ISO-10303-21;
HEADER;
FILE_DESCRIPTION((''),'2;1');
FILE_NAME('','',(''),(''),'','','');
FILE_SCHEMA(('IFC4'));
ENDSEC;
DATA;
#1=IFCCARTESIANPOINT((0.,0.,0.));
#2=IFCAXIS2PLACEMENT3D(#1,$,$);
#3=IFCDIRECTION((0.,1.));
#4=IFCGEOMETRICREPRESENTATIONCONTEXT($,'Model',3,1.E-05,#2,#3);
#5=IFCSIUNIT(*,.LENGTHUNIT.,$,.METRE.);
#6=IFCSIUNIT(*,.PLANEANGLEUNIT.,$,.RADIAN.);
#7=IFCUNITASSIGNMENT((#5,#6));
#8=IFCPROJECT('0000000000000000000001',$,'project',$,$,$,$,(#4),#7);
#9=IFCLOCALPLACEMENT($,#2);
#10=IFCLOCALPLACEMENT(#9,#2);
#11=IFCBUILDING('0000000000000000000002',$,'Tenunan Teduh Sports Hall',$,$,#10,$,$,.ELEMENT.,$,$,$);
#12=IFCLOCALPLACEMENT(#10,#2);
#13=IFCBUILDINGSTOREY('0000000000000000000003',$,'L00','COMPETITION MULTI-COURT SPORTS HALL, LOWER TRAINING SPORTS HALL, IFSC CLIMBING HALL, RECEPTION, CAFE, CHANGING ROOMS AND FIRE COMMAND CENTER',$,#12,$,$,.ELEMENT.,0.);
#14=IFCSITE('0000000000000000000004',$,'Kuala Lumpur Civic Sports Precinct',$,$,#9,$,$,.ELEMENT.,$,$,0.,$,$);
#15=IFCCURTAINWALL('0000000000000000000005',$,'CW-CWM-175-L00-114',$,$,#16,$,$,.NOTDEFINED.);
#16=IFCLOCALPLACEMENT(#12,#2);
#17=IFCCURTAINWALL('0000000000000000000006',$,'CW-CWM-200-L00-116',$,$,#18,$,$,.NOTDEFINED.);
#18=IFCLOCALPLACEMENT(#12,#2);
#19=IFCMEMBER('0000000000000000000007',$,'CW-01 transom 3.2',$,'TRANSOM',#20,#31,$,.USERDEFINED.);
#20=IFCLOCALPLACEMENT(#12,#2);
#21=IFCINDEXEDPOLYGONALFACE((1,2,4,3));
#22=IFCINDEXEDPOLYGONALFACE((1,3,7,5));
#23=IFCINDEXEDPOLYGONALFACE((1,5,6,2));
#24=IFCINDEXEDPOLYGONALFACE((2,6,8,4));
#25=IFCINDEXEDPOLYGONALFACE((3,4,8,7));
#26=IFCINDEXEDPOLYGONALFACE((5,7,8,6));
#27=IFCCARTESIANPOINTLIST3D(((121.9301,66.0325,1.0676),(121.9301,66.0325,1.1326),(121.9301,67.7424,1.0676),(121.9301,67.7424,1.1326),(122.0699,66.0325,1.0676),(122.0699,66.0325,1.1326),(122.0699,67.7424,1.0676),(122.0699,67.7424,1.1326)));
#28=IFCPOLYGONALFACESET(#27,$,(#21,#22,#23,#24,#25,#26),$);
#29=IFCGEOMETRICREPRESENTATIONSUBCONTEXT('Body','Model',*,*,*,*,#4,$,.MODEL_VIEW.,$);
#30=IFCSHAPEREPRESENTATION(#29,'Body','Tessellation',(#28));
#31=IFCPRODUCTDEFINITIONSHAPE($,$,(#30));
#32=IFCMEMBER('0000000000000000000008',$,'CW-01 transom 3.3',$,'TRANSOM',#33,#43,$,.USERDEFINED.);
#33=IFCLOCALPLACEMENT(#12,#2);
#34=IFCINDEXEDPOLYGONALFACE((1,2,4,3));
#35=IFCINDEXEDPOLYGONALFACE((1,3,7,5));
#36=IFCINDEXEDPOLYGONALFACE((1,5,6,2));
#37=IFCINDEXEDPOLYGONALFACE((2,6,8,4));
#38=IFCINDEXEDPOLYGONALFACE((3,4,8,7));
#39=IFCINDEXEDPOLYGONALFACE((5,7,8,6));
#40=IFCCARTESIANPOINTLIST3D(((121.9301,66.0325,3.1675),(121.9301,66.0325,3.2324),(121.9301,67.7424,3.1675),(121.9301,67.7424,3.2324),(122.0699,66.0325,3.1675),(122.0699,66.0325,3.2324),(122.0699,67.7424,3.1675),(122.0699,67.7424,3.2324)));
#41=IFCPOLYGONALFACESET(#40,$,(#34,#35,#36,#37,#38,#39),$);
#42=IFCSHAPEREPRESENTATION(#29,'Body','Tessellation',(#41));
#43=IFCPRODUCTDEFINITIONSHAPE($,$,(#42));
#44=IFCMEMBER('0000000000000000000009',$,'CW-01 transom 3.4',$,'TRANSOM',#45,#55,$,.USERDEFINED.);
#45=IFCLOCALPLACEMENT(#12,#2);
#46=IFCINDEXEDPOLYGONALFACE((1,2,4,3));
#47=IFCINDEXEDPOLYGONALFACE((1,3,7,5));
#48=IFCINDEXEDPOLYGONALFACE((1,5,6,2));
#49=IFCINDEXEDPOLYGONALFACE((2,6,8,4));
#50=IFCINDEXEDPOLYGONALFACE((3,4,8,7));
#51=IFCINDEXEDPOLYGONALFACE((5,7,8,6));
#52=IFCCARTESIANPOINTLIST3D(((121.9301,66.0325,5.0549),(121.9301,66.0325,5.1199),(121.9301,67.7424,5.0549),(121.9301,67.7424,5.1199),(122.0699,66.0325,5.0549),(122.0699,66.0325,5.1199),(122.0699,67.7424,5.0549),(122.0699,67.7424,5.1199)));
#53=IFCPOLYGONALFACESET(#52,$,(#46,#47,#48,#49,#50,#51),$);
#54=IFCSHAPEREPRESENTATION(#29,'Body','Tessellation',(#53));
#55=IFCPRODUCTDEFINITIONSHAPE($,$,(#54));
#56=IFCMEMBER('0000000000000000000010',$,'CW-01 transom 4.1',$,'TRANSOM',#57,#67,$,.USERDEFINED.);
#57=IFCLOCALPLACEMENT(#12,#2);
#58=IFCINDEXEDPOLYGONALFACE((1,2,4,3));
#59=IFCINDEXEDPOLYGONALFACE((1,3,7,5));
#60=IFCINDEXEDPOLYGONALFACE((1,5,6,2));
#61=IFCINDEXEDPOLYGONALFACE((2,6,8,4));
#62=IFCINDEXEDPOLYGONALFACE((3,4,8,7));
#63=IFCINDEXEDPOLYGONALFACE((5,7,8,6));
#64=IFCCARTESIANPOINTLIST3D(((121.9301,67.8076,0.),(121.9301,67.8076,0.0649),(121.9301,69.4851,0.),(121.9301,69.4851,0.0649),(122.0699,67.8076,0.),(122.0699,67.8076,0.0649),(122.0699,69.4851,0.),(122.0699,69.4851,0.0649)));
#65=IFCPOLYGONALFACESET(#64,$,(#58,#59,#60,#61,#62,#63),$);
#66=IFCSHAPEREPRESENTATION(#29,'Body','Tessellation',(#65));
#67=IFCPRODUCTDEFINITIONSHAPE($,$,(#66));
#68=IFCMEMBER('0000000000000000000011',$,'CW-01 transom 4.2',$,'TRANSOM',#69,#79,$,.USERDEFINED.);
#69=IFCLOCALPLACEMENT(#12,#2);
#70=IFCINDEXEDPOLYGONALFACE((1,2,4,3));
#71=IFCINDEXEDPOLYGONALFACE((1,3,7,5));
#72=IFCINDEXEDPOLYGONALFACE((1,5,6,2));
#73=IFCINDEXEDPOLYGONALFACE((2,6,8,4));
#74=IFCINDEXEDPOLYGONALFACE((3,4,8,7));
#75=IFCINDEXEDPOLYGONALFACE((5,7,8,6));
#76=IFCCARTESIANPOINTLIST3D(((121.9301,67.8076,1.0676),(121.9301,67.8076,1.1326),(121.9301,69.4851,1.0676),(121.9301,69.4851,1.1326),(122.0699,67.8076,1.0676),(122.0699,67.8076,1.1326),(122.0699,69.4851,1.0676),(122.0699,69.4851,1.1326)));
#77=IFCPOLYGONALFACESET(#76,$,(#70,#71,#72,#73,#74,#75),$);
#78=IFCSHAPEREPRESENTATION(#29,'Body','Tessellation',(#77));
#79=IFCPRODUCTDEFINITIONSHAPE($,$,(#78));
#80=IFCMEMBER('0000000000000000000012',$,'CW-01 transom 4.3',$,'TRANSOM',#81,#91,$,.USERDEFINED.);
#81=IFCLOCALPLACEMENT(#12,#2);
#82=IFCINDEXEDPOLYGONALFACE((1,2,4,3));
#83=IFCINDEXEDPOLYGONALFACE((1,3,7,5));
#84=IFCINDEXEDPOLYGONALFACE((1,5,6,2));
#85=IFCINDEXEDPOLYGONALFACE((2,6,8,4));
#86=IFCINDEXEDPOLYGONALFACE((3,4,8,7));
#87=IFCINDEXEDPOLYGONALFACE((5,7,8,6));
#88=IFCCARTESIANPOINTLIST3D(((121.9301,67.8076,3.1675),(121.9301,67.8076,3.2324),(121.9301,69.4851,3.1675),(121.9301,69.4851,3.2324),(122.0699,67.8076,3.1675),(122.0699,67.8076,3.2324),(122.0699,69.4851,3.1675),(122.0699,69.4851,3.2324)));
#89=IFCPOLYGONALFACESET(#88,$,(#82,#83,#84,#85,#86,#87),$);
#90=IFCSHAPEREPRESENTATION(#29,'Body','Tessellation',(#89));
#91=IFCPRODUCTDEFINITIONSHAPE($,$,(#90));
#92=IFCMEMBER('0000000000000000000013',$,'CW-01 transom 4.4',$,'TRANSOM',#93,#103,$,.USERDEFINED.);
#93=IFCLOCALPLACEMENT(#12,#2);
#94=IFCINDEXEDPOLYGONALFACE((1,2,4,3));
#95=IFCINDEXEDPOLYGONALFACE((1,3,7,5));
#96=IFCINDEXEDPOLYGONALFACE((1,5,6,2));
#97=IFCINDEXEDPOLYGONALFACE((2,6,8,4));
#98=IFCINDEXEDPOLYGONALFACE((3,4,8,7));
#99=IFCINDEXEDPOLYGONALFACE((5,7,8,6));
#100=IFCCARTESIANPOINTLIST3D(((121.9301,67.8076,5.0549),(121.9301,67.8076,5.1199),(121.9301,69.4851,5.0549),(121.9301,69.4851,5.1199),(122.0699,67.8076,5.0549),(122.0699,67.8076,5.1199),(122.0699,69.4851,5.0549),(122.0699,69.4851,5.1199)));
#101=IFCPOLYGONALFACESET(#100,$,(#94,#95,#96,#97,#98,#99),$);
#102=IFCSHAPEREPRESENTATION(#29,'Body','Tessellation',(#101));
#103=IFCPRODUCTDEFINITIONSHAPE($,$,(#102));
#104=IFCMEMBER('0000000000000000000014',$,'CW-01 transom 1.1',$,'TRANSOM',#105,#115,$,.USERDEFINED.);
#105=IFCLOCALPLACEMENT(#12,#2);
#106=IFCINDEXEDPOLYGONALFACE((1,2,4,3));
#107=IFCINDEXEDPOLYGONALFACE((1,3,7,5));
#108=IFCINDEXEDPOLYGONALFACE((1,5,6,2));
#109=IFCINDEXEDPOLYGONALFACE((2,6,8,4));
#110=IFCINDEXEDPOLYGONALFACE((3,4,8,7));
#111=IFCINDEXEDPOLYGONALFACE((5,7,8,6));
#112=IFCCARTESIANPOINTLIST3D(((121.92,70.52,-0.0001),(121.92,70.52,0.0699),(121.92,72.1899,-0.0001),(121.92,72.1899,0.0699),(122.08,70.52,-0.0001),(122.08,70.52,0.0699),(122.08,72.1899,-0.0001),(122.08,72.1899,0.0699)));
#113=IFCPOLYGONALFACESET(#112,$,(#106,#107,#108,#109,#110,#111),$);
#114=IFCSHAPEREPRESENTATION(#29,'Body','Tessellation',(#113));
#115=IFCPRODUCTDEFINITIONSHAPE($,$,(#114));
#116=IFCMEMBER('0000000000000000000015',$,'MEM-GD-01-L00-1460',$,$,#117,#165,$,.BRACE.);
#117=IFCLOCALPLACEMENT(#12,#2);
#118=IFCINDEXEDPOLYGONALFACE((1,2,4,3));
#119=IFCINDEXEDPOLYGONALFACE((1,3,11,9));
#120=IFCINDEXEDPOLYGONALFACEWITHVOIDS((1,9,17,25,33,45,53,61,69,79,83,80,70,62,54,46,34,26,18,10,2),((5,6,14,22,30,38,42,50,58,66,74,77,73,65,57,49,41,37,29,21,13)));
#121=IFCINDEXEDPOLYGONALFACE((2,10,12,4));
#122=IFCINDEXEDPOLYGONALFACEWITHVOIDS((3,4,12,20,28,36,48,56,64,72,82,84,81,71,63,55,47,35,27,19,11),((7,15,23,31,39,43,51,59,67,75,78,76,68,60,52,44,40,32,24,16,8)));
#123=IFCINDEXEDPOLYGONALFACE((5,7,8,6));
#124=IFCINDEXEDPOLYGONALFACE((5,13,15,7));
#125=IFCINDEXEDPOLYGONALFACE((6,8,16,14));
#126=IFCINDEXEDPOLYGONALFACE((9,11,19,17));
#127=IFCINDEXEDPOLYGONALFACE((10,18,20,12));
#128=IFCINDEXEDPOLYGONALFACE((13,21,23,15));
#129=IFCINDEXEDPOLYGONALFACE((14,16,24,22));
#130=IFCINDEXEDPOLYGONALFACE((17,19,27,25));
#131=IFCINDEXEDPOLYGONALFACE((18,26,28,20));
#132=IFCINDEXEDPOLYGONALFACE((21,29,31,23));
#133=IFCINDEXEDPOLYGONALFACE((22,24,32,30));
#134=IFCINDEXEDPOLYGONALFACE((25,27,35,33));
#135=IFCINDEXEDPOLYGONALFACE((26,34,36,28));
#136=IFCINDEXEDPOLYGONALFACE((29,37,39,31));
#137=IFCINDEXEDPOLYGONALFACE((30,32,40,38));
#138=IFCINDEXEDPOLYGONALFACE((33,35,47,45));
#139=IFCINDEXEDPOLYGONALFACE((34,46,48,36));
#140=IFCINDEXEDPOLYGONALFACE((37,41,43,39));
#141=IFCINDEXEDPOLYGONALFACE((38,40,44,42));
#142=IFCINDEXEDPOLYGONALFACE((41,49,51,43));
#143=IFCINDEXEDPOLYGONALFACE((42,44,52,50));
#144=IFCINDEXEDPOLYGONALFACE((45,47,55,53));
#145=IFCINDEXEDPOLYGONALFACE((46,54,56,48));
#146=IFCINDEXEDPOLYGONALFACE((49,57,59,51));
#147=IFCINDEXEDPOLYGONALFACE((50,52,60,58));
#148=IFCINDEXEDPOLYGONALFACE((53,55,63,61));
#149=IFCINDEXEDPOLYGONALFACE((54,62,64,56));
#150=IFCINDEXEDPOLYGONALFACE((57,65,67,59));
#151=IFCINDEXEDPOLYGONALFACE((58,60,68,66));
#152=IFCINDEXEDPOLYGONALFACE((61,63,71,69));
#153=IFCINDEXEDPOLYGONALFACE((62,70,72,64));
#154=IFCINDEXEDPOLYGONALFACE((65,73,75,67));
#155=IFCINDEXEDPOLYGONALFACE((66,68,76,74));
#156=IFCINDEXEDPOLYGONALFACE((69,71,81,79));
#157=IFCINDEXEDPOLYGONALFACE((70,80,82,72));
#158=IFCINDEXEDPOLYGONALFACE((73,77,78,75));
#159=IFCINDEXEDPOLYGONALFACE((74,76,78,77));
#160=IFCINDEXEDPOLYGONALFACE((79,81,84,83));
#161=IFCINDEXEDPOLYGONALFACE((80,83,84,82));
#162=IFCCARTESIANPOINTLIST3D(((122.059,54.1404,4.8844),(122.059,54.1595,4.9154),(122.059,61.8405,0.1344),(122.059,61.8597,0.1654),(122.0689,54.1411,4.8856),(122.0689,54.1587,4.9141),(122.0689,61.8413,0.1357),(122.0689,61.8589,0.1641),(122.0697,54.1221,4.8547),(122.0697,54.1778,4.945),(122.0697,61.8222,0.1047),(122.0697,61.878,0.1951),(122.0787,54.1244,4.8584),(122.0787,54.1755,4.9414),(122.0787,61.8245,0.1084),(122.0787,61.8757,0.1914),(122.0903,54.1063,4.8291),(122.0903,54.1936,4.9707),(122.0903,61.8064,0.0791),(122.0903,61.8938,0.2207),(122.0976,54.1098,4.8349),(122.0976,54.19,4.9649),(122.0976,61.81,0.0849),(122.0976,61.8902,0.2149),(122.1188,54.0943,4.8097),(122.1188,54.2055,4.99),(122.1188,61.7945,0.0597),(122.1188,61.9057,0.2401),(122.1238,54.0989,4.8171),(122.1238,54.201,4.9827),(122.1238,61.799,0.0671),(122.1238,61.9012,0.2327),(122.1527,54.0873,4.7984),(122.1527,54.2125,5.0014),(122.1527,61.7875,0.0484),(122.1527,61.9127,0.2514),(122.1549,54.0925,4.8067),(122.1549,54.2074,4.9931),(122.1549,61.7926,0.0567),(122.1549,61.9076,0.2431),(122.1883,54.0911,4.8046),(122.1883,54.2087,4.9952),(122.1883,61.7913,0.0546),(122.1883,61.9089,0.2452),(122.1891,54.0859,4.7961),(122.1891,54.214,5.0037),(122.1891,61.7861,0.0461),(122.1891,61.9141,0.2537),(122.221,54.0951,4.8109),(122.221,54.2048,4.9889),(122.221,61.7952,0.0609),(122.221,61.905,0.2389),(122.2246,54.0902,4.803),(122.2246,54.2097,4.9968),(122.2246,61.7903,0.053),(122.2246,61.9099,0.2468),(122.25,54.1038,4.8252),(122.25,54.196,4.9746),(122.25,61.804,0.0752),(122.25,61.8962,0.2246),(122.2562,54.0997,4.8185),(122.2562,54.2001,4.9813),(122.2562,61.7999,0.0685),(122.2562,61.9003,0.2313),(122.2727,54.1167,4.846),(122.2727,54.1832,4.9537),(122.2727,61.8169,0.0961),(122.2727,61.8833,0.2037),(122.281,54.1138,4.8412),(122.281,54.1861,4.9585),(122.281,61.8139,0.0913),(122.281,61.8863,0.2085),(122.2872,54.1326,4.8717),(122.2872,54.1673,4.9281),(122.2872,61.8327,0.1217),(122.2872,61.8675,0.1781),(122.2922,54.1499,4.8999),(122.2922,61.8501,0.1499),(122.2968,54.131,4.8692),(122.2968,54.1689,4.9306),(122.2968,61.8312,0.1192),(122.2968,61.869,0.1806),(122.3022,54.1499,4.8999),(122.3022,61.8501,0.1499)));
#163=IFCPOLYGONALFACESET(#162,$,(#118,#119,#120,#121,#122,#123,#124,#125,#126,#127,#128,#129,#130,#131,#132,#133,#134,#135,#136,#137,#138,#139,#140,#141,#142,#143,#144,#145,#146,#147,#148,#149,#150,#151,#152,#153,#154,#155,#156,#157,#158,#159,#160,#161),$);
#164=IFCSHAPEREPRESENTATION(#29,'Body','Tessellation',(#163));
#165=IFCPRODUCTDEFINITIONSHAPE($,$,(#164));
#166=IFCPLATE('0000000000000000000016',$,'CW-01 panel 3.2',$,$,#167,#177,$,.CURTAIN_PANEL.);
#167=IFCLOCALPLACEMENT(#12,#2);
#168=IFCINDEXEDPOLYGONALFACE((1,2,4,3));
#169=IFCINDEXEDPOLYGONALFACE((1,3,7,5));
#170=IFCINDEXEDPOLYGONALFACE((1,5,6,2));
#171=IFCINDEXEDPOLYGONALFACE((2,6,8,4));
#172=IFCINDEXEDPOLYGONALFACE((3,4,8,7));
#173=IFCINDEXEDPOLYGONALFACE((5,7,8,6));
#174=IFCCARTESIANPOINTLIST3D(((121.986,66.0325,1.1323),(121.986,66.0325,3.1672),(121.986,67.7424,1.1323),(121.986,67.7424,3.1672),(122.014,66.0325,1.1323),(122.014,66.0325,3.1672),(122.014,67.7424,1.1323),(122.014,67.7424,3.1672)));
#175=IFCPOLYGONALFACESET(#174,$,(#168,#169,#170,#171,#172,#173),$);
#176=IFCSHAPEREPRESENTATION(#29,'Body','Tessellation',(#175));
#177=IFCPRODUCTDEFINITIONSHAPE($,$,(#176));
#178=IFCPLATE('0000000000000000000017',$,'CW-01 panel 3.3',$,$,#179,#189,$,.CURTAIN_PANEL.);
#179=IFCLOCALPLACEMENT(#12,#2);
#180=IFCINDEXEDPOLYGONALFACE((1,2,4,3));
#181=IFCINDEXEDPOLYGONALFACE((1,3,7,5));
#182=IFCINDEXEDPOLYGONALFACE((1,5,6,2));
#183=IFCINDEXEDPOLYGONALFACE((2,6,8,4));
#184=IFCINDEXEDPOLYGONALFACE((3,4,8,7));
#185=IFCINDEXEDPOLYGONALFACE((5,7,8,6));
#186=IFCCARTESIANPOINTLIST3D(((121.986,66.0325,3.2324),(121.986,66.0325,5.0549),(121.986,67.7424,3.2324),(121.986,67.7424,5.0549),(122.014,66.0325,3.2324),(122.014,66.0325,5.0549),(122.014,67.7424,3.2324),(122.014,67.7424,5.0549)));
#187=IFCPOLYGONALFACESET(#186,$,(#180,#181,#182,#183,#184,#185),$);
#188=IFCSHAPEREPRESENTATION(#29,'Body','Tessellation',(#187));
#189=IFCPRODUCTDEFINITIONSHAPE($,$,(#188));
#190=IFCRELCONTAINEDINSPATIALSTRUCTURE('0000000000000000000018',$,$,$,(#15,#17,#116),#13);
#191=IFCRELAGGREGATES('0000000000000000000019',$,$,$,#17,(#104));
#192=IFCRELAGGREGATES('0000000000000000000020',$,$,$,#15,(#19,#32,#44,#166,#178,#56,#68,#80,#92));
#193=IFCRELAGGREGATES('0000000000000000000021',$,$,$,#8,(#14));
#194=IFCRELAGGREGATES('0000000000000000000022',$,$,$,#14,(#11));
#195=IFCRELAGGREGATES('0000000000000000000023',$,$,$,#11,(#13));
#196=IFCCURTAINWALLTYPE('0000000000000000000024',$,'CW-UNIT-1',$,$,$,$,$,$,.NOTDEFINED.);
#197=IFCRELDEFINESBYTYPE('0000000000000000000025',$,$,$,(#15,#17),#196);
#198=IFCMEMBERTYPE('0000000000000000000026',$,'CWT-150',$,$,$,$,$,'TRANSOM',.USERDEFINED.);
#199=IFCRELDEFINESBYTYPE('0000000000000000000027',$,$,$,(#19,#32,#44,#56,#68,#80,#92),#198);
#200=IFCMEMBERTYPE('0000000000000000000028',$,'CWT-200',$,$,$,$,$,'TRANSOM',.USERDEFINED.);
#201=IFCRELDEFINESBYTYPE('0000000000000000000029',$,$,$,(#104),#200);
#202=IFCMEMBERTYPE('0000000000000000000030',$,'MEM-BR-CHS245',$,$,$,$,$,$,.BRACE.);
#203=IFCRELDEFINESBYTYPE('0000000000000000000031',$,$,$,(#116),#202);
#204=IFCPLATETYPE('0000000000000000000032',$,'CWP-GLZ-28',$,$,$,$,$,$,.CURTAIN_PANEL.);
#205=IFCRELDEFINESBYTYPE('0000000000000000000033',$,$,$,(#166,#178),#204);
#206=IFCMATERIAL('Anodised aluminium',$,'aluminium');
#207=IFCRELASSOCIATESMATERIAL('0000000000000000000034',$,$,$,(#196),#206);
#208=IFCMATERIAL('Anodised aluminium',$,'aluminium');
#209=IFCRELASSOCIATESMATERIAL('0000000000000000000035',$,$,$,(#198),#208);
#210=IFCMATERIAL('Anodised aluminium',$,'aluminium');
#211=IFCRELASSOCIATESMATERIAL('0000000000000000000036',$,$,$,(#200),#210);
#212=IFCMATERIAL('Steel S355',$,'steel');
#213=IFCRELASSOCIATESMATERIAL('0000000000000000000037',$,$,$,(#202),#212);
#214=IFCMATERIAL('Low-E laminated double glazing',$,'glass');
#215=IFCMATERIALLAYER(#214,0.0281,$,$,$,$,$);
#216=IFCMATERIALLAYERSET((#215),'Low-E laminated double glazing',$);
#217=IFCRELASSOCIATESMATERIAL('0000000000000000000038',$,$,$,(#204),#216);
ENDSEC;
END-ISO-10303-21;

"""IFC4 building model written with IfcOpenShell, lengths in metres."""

from ifc_helpers import new_model, si_unit, direction, frame, origin, origin_2d, place, context, subcontext, project, spatial, rectangle, hollow_circle, extrude, material, layer, layer_set, material_profile, profile_set, type_object, element, aggregate, save


model = new_model("IFC4")

# Units and contexts
model_context = context("Model", 3, precision=1e-05, world=origin(), true_north=direction((0.0, 1.0)))
body_context = subcontext(model_context, "Body", "Model", "MODEL_VIEW")
ifc_project = project(units=[si_unit("LENGTHUNIT", "METRE"), si_unit("PLANEANGLEUNIT", "RADIAN")], contexts=[model_context])

# Site, building, storey
site_placement = place(None, origin())
site = spatial("IfcSite", under=ifc_project, at=site_placement, Name="Kuala Lumpur Civic Sports Precinct", CompositionType="ELEMENT", RefElevation=0.0)
building_placement = place(site_placement, origin())
building = spatial("IfcBuilding", under=site, at=building_placement, Name="Tenunan Teduh Sports Hall", CompositionType="ELEMENT")
storey_placement = place(building_placement, origin())
storey = spatial("IfcBuildingStorey", under=building, at=storey_placement, Name="L00", Description="COMPETITION MULTI-COURT SPORTS HALL, LOWER TRAINING SPORTS HALL, IFSC CLIMBING HALL, RECEPTION, CAFE, CHANGING ROOMS AND FIRE COMMAND CENTER", CompositionType="ELEMENT", Elevation=0.0)

# Curtain wall
ifc_material_1 = material(Name="Anodised aluminium", Category="aluminium")
curtain_wall_type = type_object("IfcCurtainWallType", Name="CW-UNIT-1", PredefinedType="NOTDEFINED", material=ifc_material_1)
curtain_wall_1_placement = place(storey_placement, origin())
curtain_wall_1 = element("IfcCurtainWall", 1, at=curtain_wall_1_placement, inside=storey, type_object=curtain_wall_type, Name="CW-CWM-175-L00-114", PredefinedType="NOTDEFINED")

# Curtain wall
curtain_wall_2_placement = place(storey_placement, origin())
curtain_wall_2 = element("IfcCurtainWall", 2, at=curtain_wall_2_placement, inside=storey, type_object=curtain_wall_type, Name="CW-CWM-200-L00-116", PredefinedType="NOTDEFINED")

# Members
ifc_material_2 = material(Name="Anodised aluminium", Category="aluminium")
ifc_material_profile_1 = material_profile(ifc_material_2, rectangle(XDim=0.0649, YDim=0.1399, at=origin_2d()), Name="CWT 65x140")
ifc_profile_set_1 = profile_set([ifc_material_profile_1], Name="Anodised aluminium")
member_type_1 = type_object("IfcMemberType", Name="CWT-150", ElementType="TRANSOM", PredefinedType="USERDEFINED", material=ifc_profile_set_1)
member_1_placement = place(storey_placement, frame((122.0, 66.0325, 1.1001), z_axis=(0.0, 1.0, 0.0), x_axis=(0.0, 0.0, 1.0)))
member_1 = element("IfcMember", 3, at=member_1_placement, type_object=member_type_1, Name="CW-01 transom 3.2", ObjectType="TRANSOM", PredefinedType="USERDEFINED", context=body_context, shape_type="SweptSolid", body=[
    extrude(rectangle(XDim=0.0649, YDim=0.1399, at=origin_2d()), origin(), (0.0, 0.0, 1.0), 1.71),
])
member_2_placement = place(storey_placement, frame((122.0, 66.0325, 3.2), z_axis=(0.0, 1.0, 0.0), x_axis=(0.0, 0.0, 1.0)))
member_2 = element("IfcMember", 4, at=member_2_placement, type_object=member_type_1, Name="CW-01 transom 3.3", ObjectType="TRANSOM", PredefinedType="USERDEFINED", context=body_context, shape_type="SweptSolid", body=[
    extrude(rectangle(XDim=0.0649, YDim=0.1399, at=origin_2d()), origin(), (0.0, 0.0, 1.0), 1.71),
])
member_3_placement = place(storey_placement, frame((122.0, 66.0325, 5.0874), z_axis=(0.0, 1.0, 0.0), x_axis=(0.0, 0.0, 1.0)))
member_3 = element("IfcMember", 5, at=member_3_placement, type_object=member_type_1, Name="CW-01 transom 3.4", ObjectType="TRANSOM", PredefinedType="USERDEFINED", context=body_context, shape_type="SweptSolid", body=[
    extrude(rectangle(XDim=0.0649, YDim=0.1399, at=origin_2d()), origin(), (0.0, 0.0, 1.0), 1.71),
])
member_4_placement = place(storey_placement, frame((122.0, 67.8076, 0.0325), z_axis=(0.0, 1.0, 0.0), x_axis=(0.0, 0.0, 1.0)))
member_4 = element("IfcMember", 6, at=member_4_placement, type_object=member_type_1, Name="CW-01 transom 4.1", ObjectType="TRANSOM", PredefinedType="USERDEFINED", context=body_context, shape_type="SweptSolid", body=[
    extrude(rectangle(XDim=0.0649, YDim=0.1399, at=origin_2d()), origin(), (0.0, 0.0, 1.0), 1.6775),
])
member_5_placement = place(storey_placement, frame((122.0, 67.8076, 1.1001), z_axis=(0.0, 1.0, 0.0), x_axis=(0.0, 0.0, 1.0)))
member_5 = element("IfcMember", 7, at=member_5_placement, type_object=member_type_1, Name="CW-01 transom 4.2", ObjectType="TRANSOM", PredefinedType="USERDEFINED", context=body_context, shape_type="SweptSolid", body=[
    extrude(rectangle(XDim=0.0649, YDim=0.1399, at=origin_2d()), origin(), (0.0, 0.0, 1.0), 1.6775),
])
member_6_placement = place(storey_placement, frame((122.0, 67.8076, 3.2), z_axis=(0.0, 1.0, 0.0), x_axis=(0.0, 0.0, 1.0)))
member_6 = element("IfcMember", 8, at=member_6_placement, type_object=member_type_1, Name="CW-01 transom 4.3", ObjectType="TRANSOM", PredefinedType="USERDEFINED", context=body_context, shape_type="SweptSolid", body=[
    extrude(rectangle(XDim=0.0649, YDim=0.1399, at=origin_2d()), origin(), (0.0, 0.0, 1.0), 1.6775),
])
member_7_placement = place(storey_placement, frame((122.0, 67.8076, 5.0874), z_axis=(0.0, 1.0, 0.0), x_axis=(0.0, 0.0, 1.0)))
member_7 = element("IfcMember", 9, at=member_7_placement, type_object=member_type_1, Name="CW-01 transom 4.4", ObjectType="TRANSOM", PredefinedType="USERDEFINED", context=body_context, shape_type="SweptSolid", body=[
    extrude(rectangle(XDim=0.0649, YDim=0.1399, at=origin_2d()), origin(), (0.0, 0.0, 1.0), 1.6775),
])
ifc_material_3 = material(Name="Anodised aluminium", Category="aluminium")
ifc_material_profile_2 = material_profile(ifc_material_3, rectangle(XDim=0.0701, YDim=0.1599, at=origin_2d()), Name="CWT 70x160")
ifc_profile_set_2 = profile_set([ifc_material_profile_2], Name="Anodised aluminium")
member_type_2 = type_object("IfcMemberType", Name="CWT-200", ElementType="TRANSOM", PredefinedType="USERDEFINED", material=ifc_profile_set_2)
member_8_placement = place(storey_placement, frame((122.0, 70.52, 0.0349), z_axis=(0.0, 1.0, 0.0), x_axis=(0.0, 0.0, 1.0)))
member_8 = element("IfcMember", 10, at=member_8_placement, type_object=member_type_2, Name="CW-01 transom 1.1", ObjectType="TRANSOM", PredefinedType="USERDEFINED", context=body_context, shape_type="SweptSolid", body=[
    extrude(rectangle(XDim=0.0701, YDim=0.1599, at=origin_2d()), origin(), (0.0, 0.0, 1.0), 1.6699),
])
aggregate(curtain_wall_2, [member_8])
ifc_material_4 = material(Name="Steel S355", Category="steel")
ifc_material_profile_3 = material_profile(ifc_material_4, hollow_circle(Radius=0.1223, WallThickness=0.01, at=origin_2d()), Name="CHS 244.5x10.0")
ifc_profile_set_3 = profile_set([ifc_material_profile_3], Name="Steel S355")
member_type_3 = type_object("IfcMemberType", Name="MEM-BR-CHS245", PredefinedType="BRACE", material=ifc_profile_set_3)
member_9_placement = place(storey_placement, frame((122.1799, 61.8501, 0.1499), z_axis=(0.0, -0.851095, 0.525013), x_axis=(1.0, 0.0, 0.0)))
element("IfcMember", 11, at=member_9_placement, inside=storey, type_object=member_type_3, Name="MEM-GD-01-L00-1460", PredefinedType="BRACE", context=body_context, shape_type="SweptSolid", body=[
    extrude(hollow_circle(Radius=0.1223, WallThickness=0.01, at=origin_2d()), origin(), (0.0, 0.0, 1.0), 9.0474),
])

# Plates
ifc_material_5 = material(Name="Low-E laminated double glazing", Category="glass")
ifc_layer_1 = layer(ifc_material_5, 0.0281)
ifc_layer_set_1 = layer_set([ifc_layer_1], Name="Low-E laminated double glazing")
plate_type_1 = type_object("IfcPlateType", Name="CWP-GLZ-28", PredefinedType="CURTAIN_PANEL", material=ifc_layer_set_1)
plate_1_placement = place(storey_placement, frame((122.0, 66.8875, 1.1323), z_axis=(0.0, 0.0, 1.0), x_axis=(0.0, 1.0, 0.0)))
plate_1 = element("IfcPlate", 12, at=plate_1_placement, type_object=plate_type_1, Name="CW-01 panel 3.2", PredefinedType="CURTAIN_PANEL", context=body_context, shape_type="SweptSolid", body=[
    extrude(rectangle(XDim=1.71, YDim=0.0281, at=origin_2d()), origin(), (0.0, 0.0, 1.0), 2.0349),
])
plate_2_placement = place(storey_placement, frame((122.0, 66.8875, 3.2324), z_axis=(0.0, 0.0, 1.0), x_axis=(0.0, 1.0, 0.0)))
plate_2 = element("IfcPlate", 13, at=plate_2_placement, type_object=plate_type_1, Name="CW-01 panel 3.3", PredefinedType="CURTAIN_PANEL", context=body_context, shape_type="SweptSolid", body=[
    extrude(rectangle(XDim=1.71, YDim=0.0281, at=origin_2d()), origin(), (0.0, 0.0, 1.0), 1.8225),
])
aggregate(curtain_wall_1, [member_1, member_2, member_3, plate_1, plate_2, member_4, member_5, member_6, member_7])

save(model, "model.ifc")
